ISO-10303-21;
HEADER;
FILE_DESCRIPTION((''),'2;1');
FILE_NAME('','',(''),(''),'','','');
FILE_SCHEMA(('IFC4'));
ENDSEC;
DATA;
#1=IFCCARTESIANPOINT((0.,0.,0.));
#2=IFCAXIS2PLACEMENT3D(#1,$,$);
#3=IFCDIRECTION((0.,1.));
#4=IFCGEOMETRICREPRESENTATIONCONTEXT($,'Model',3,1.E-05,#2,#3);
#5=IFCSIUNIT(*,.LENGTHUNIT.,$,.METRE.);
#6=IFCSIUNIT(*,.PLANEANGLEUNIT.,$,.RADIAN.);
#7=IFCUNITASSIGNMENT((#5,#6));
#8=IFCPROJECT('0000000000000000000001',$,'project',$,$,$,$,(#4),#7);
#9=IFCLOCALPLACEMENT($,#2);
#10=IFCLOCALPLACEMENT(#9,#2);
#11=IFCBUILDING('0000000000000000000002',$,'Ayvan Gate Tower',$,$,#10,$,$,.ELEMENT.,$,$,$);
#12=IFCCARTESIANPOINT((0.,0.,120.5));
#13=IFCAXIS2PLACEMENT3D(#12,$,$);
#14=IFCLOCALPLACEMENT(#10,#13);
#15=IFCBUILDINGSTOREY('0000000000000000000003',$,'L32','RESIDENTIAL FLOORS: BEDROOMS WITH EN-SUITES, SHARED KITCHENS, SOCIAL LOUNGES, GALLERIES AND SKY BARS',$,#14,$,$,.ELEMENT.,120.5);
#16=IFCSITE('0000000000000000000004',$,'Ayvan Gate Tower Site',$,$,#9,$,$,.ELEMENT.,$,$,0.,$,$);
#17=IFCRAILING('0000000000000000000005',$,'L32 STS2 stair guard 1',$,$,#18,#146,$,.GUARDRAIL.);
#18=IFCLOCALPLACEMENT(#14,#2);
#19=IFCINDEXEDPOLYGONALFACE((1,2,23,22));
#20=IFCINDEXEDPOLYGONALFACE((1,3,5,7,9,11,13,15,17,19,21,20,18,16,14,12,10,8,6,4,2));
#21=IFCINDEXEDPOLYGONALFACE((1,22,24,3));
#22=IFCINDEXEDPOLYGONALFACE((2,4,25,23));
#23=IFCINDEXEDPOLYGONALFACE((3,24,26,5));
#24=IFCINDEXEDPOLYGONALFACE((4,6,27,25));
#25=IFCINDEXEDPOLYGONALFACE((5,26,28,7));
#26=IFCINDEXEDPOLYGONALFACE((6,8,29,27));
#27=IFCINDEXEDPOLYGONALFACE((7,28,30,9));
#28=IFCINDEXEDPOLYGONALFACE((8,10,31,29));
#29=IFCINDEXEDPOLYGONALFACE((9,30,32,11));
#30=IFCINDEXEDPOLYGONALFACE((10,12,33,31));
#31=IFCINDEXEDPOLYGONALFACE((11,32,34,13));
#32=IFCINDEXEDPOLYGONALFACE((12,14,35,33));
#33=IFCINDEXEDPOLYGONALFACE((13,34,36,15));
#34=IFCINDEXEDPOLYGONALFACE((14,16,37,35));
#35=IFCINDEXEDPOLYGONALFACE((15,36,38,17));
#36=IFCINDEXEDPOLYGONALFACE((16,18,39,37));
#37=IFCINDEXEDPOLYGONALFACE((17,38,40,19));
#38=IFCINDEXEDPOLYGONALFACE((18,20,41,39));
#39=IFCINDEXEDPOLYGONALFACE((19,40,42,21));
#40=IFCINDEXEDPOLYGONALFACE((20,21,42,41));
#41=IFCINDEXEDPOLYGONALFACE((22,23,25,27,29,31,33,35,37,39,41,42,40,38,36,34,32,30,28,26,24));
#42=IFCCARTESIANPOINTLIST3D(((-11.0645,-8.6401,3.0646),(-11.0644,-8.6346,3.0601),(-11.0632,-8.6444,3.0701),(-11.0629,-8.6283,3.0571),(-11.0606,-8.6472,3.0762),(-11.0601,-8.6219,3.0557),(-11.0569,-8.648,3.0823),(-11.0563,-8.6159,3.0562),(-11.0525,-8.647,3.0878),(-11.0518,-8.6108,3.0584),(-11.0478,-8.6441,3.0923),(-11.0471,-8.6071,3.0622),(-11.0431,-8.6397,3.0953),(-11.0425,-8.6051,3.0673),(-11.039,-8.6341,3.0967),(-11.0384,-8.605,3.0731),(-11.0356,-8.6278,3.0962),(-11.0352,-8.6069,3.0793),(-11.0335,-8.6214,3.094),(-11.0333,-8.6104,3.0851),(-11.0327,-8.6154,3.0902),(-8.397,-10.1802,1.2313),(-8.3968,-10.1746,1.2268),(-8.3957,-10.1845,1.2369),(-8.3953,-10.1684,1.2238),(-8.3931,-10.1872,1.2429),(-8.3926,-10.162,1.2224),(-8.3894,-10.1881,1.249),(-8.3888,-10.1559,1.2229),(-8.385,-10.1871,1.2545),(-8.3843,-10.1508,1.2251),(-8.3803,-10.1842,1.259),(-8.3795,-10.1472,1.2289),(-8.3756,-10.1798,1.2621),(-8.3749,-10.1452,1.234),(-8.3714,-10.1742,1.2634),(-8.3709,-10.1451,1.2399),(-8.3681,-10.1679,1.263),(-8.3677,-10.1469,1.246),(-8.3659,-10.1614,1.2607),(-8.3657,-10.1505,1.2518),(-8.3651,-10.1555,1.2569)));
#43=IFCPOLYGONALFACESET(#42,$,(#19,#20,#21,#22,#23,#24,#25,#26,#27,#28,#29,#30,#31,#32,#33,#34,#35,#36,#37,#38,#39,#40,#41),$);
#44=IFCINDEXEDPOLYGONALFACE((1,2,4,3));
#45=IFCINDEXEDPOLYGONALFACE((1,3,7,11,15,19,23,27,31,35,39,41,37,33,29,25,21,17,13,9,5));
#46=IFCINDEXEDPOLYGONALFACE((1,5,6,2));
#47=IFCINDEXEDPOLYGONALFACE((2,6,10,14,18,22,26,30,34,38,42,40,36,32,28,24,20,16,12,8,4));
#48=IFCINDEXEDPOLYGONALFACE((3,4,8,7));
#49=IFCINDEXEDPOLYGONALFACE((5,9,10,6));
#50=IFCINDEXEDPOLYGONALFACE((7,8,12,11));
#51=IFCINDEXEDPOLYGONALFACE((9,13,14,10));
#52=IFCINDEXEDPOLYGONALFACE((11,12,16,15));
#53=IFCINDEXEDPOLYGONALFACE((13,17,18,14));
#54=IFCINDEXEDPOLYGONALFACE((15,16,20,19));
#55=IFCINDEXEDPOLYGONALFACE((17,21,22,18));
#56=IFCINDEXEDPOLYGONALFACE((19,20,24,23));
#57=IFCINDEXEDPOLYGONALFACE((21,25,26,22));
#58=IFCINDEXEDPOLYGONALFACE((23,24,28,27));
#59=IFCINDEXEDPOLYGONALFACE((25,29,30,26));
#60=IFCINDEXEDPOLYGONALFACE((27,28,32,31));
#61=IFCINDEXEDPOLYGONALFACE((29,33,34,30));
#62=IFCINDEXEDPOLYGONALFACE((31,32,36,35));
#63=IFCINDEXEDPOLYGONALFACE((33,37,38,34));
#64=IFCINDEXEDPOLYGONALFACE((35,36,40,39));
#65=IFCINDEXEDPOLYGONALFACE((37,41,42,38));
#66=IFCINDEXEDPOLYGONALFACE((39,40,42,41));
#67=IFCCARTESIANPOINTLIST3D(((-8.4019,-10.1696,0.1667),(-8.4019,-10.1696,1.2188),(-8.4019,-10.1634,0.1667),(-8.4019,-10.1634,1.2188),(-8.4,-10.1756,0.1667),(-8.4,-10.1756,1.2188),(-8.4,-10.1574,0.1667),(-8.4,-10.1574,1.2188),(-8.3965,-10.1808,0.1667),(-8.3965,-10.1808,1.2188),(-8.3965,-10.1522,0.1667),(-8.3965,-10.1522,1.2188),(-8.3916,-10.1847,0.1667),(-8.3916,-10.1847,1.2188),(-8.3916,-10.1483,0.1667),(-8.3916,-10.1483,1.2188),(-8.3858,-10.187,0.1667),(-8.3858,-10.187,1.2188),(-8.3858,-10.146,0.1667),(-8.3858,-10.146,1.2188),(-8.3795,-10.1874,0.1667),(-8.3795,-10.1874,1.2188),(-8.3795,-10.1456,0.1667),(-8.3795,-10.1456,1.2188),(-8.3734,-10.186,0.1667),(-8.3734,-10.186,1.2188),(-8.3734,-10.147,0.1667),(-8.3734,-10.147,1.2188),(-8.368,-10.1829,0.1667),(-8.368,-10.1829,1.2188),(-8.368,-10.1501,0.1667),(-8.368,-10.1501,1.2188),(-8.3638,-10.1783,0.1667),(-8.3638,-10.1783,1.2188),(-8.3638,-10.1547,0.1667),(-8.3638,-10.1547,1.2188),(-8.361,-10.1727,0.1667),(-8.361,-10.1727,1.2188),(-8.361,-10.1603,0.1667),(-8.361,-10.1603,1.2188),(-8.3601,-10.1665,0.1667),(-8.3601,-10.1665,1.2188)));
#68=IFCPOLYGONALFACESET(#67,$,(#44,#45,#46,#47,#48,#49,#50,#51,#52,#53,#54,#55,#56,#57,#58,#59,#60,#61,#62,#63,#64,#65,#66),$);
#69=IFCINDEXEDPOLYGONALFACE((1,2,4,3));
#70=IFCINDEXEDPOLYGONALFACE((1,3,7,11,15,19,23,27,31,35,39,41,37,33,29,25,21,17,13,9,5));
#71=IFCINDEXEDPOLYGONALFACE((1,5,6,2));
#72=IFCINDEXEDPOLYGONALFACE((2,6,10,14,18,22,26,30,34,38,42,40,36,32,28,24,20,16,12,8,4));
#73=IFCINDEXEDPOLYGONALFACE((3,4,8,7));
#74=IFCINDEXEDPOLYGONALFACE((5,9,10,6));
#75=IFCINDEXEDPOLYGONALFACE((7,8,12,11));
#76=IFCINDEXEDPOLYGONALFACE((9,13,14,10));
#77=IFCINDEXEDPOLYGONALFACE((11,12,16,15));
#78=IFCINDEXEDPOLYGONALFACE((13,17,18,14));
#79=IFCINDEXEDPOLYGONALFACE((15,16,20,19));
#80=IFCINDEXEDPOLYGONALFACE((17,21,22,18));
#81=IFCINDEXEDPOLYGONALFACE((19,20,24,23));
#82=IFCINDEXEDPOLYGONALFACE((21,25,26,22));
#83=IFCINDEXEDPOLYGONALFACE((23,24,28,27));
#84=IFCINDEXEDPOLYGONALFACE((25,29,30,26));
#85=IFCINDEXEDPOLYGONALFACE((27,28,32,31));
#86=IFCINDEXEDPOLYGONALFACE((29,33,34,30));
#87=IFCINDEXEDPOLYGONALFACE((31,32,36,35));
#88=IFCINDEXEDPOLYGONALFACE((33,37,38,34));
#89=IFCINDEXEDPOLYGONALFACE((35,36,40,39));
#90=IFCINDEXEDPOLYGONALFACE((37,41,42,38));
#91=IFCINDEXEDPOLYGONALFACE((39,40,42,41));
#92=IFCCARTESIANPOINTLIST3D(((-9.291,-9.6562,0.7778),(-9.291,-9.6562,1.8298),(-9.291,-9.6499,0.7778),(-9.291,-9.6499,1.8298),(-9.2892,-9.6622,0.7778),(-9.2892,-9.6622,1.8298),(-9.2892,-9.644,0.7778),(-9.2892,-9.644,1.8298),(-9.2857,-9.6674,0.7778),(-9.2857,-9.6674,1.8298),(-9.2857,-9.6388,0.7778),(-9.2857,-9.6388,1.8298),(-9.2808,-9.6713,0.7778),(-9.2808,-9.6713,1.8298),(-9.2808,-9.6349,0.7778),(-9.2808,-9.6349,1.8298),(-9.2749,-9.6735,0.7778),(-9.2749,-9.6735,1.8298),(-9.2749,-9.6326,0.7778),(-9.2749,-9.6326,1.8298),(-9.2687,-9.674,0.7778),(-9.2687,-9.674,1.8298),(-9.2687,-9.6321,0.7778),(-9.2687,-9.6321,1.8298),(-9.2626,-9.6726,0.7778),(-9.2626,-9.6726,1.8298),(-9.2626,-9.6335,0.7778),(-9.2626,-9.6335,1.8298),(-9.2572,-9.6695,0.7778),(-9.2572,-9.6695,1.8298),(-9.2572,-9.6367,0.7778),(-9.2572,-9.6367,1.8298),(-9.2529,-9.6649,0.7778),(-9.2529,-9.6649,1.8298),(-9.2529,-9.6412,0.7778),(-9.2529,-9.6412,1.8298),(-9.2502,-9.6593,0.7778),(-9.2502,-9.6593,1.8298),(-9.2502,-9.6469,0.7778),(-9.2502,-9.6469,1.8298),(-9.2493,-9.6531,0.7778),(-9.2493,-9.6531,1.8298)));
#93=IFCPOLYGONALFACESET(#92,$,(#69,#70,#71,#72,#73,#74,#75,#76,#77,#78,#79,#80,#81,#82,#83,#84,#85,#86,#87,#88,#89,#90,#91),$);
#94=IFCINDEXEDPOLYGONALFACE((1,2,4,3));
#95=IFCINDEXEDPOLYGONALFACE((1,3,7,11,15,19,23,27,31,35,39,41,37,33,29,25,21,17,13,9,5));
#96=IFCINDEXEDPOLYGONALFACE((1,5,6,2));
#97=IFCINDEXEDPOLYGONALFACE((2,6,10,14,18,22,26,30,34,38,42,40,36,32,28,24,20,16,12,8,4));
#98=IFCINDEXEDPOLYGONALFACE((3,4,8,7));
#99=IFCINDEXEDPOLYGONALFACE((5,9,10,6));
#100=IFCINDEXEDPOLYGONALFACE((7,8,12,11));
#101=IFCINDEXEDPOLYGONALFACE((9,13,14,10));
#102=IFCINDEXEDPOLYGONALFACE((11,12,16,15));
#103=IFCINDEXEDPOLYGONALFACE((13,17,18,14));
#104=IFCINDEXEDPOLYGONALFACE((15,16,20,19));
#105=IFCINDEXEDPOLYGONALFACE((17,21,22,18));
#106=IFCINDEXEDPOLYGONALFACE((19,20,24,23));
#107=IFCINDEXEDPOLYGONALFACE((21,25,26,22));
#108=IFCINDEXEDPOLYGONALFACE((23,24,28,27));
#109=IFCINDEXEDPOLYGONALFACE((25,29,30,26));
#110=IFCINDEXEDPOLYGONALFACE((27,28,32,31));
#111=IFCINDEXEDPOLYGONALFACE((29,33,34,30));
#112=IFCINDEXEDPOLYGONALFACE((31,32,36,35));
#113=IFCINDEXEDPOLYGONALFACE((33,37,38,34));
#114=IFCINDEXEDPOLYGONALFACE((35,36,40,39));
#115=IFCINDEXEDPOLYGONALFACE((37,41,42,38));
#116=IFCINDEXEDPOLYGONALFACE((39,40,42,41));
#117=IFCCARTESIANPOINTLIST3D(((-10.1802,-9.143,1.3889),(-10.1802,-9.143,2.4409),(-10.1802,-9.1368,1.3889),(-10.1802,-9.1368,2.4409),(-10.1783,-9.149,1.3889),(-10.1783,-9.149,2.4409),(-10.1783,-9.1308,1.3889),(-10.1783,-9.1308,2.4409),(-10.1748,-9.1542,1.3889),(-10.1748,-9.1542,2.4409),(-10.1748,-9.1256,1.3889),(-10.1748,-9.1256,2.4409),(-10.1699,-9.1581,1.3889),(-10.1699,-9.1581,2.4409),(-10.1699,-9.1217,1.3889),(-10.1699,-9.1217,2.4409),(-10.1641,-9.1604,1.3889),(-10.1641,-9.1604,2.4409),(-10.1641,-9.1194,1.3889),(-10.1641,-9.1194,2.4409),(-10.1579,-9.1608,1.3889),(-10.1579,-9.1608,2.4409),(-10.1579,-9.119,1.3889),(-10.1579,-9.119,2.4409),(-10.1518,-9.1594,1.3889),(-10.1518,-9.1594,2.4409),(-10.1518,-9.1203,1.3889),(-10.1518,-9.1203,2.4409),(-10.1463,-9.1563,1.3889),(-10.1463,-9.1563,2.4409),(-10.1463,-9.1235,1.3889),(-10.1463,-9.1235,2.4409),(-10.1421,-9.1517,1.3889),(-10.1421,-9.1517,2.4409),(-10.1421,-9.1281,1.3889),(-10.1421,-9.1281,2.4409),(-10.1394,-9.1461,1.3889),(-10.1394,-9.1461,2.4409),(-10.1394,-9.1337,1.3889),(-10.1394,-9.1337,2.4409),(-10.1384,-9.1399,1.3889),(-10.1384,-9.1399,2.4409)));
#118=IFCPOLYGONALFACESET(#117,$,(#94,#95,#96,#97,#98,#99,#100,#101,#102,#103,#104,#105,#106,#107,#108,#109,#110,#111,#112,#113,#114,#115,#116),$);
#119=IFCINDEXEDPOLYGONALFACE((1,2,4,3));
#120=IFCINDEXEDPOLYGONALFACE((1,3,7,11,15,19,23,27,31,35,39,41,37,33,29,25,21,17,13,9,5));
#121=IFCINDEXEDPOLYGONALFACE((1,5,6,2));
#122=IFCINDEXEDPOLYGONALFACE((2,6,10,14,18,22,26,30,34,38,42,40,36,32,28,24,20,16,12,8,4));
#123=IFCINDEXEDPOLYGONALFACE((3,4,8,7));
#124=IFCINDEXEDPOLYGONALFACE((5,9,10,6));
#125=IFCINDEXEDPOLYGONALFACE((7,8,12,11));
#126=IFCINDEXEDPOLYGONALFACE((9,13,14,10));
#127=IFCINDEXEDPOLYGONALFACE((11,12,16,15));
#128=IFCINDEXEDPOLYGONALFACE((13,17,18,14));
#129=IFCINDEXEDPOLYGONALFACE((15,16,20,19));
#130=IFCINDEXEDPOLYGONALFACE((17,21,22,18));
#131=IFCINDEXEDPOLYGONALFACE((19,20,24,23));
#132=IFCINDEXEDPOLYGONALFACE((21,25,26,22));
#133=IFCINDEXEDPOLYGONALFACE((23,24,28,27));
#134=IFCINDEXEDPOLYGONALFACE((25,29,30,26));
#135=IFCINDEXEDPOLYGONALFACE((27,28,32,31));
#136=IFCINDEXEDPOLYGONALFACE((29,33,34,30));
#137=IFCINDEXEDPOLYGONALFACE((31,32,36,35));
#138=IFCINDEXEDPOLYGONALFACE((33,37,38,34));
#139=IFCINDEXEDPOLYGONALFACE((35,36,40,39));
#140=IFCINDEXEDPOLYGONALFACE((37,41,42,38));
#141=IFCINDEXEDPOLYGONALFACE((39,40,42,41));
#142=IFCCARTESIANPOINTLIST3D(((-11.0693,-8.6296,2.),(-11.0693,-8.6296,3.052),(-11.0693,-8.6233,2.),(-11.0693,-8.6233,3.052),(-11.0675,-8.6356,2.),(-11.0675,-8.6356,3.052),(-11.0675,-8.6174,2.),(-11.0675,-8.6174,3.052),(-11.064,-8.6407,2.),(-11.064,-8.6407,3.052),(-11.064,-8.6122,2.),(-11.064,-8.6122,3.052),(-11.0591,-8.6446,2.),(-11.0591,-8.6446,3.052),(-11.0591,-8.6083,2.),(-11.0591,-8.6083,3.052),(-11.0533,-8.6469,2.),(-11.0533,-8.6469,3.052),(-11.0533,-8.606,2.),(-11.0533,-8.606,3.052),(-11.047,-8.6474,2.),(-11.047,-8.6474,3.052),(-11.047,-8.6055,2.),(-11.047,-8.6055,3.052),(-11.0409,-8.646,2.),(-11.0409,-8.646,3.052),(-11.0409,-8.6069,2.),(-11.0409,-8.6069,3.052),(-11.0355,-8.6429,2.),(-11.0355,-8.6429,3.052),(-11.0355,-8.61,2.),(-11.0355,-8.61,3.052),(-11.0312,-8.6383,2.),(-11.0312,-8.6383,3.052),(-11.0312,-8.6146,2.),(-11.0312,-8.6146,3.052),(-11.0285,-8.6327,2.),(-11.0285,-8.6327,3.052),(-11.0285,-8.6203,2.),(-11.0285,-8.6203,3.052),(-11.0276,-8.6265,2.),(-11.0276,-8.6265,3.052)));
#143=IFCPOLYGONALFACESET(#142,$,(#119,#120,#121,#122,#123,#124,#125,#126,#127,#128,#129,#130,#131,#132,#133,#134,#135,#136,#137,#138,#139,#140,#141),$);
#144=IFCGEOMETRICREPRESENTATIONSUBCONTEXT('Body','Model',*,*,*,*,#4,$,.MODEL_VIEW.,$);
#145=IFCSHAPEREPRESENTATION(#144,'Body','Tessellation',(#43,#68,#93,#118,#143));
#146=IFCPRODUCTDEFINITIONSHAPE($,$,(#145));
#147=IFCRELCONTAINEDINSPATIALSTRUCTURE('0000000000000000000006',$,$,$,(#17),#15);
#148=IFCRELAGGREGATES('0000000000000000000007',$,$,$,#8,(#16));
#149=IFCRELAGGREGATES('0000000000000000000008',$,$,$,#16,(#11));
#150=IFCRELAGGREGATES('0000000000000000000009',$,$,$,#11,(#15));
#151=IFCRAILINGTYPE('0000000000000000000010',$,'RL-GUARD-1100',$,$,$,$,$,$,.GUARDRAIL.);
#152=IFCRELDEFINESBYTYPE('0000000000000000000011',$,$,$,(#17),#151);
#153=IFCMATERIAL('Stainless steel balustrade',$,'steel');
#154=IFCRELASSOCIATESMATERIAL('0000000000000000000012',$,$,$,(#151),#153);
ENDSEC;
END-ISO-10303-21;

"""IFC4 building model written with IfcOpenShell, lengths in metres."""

from ifc_helpers import new_model, si_unit, direction, frame, origin, origin_2d, place, context, subcontext, project, spatial, circle, extrude, material, type_object, element, save


model = new_model("IFC4")

# Units and contexts
model_context = context("Model", 3, precision=1e-05, world=origin(), true_north=direction((0.0, 1.0)))
body_context = subcontext(model_context, "Body", "Model", "MODEL_VIEW")
ifc_project = project(units=[si_unit("LENGTHUNIT", "METRE"), si_unit("PLANEANGLEUNIT", "RADIAN")], contexts=[model_context])

# Site, building, storey
site_placement = place(None, origin())
site = spatial("IfcSite", under=ifc_project, at=site_placement, Name="Ayvan Gate Tower Site", CompositionType="ELEMENT", RefElevation=0.0)
building_placement = place(site_placement, origin())
building = spatial("IfcBuilding", under=site, at=building_placement, Name="Ayvan Gate Tower", CompositionType="ELEMENT")
storey_placement = place(building_placement, frame((0.0, 0.0, 120.5)))
storey = spatial("IfcBuildingStorey", under=building, at=storey_placement, Name="L32", Description="RESIDENTIAL FLOORS: BEDROOMS WITH EN-SUITES, SHARED KITCHENS, SOCIAL LOUNGES, GALLERIES AND SKY BARS", CompositionType="ELEMENT", Elevation=120.5)

# Railing
ifc_material_1 = material(Name="Stainless steel balustrade", Category="steel")
railing_type_1 = type_object("IfcRailingType", Name="RL-GUARD-1100", PredefinedType="GUARDRAIL", material=ifc_material_1)
railing_1_placement = place(storey_placement, frame((-8.3811, -10.1665, 0.1667)))
element("IfcRailing", 1, at=railing_1_placement, inside=storey, type_object=railing_type_1, Name="L32 STS2 stair guard 1", PredefinedType="GUARDRAIL", context=body_context, shape_type="SweptSolid", body=[
    extrude(circle(Radius=0.0239, at=origin_2d()), frame((0.0, 0.0, 1.0762), z_axis=(-0.74419, 0.429649, 0.511452), x_axis=(-0.499992, -0.86603, 0.0)), (0.0, 0.0, 1.0), 3.5845),
    extrude(circle(Radius=0.021, at=origin_2d()), origin(), (0.0, 0.0, 1.0), 1.052),
    extrude(circle(Radius=0.021, at=origin_2d()), frame((-0.8892, 0.5134, 0.6111)), (0.0, 0.0, 1.0), 1.052),
    extrude(circle(Radius=0.021, at=origin_2d()), frame((-1.7783, 1.0266, 1.2222)), (0.0, 0.0, 1.0), 1.052),
    extrude(circle(Radius=0.021, at=origin_2d()), frame((-2.6675, 1.54, 1.8333)), (0.0, 0.0, 1.0), 1.052),
])

save(model, "model.ifc")
